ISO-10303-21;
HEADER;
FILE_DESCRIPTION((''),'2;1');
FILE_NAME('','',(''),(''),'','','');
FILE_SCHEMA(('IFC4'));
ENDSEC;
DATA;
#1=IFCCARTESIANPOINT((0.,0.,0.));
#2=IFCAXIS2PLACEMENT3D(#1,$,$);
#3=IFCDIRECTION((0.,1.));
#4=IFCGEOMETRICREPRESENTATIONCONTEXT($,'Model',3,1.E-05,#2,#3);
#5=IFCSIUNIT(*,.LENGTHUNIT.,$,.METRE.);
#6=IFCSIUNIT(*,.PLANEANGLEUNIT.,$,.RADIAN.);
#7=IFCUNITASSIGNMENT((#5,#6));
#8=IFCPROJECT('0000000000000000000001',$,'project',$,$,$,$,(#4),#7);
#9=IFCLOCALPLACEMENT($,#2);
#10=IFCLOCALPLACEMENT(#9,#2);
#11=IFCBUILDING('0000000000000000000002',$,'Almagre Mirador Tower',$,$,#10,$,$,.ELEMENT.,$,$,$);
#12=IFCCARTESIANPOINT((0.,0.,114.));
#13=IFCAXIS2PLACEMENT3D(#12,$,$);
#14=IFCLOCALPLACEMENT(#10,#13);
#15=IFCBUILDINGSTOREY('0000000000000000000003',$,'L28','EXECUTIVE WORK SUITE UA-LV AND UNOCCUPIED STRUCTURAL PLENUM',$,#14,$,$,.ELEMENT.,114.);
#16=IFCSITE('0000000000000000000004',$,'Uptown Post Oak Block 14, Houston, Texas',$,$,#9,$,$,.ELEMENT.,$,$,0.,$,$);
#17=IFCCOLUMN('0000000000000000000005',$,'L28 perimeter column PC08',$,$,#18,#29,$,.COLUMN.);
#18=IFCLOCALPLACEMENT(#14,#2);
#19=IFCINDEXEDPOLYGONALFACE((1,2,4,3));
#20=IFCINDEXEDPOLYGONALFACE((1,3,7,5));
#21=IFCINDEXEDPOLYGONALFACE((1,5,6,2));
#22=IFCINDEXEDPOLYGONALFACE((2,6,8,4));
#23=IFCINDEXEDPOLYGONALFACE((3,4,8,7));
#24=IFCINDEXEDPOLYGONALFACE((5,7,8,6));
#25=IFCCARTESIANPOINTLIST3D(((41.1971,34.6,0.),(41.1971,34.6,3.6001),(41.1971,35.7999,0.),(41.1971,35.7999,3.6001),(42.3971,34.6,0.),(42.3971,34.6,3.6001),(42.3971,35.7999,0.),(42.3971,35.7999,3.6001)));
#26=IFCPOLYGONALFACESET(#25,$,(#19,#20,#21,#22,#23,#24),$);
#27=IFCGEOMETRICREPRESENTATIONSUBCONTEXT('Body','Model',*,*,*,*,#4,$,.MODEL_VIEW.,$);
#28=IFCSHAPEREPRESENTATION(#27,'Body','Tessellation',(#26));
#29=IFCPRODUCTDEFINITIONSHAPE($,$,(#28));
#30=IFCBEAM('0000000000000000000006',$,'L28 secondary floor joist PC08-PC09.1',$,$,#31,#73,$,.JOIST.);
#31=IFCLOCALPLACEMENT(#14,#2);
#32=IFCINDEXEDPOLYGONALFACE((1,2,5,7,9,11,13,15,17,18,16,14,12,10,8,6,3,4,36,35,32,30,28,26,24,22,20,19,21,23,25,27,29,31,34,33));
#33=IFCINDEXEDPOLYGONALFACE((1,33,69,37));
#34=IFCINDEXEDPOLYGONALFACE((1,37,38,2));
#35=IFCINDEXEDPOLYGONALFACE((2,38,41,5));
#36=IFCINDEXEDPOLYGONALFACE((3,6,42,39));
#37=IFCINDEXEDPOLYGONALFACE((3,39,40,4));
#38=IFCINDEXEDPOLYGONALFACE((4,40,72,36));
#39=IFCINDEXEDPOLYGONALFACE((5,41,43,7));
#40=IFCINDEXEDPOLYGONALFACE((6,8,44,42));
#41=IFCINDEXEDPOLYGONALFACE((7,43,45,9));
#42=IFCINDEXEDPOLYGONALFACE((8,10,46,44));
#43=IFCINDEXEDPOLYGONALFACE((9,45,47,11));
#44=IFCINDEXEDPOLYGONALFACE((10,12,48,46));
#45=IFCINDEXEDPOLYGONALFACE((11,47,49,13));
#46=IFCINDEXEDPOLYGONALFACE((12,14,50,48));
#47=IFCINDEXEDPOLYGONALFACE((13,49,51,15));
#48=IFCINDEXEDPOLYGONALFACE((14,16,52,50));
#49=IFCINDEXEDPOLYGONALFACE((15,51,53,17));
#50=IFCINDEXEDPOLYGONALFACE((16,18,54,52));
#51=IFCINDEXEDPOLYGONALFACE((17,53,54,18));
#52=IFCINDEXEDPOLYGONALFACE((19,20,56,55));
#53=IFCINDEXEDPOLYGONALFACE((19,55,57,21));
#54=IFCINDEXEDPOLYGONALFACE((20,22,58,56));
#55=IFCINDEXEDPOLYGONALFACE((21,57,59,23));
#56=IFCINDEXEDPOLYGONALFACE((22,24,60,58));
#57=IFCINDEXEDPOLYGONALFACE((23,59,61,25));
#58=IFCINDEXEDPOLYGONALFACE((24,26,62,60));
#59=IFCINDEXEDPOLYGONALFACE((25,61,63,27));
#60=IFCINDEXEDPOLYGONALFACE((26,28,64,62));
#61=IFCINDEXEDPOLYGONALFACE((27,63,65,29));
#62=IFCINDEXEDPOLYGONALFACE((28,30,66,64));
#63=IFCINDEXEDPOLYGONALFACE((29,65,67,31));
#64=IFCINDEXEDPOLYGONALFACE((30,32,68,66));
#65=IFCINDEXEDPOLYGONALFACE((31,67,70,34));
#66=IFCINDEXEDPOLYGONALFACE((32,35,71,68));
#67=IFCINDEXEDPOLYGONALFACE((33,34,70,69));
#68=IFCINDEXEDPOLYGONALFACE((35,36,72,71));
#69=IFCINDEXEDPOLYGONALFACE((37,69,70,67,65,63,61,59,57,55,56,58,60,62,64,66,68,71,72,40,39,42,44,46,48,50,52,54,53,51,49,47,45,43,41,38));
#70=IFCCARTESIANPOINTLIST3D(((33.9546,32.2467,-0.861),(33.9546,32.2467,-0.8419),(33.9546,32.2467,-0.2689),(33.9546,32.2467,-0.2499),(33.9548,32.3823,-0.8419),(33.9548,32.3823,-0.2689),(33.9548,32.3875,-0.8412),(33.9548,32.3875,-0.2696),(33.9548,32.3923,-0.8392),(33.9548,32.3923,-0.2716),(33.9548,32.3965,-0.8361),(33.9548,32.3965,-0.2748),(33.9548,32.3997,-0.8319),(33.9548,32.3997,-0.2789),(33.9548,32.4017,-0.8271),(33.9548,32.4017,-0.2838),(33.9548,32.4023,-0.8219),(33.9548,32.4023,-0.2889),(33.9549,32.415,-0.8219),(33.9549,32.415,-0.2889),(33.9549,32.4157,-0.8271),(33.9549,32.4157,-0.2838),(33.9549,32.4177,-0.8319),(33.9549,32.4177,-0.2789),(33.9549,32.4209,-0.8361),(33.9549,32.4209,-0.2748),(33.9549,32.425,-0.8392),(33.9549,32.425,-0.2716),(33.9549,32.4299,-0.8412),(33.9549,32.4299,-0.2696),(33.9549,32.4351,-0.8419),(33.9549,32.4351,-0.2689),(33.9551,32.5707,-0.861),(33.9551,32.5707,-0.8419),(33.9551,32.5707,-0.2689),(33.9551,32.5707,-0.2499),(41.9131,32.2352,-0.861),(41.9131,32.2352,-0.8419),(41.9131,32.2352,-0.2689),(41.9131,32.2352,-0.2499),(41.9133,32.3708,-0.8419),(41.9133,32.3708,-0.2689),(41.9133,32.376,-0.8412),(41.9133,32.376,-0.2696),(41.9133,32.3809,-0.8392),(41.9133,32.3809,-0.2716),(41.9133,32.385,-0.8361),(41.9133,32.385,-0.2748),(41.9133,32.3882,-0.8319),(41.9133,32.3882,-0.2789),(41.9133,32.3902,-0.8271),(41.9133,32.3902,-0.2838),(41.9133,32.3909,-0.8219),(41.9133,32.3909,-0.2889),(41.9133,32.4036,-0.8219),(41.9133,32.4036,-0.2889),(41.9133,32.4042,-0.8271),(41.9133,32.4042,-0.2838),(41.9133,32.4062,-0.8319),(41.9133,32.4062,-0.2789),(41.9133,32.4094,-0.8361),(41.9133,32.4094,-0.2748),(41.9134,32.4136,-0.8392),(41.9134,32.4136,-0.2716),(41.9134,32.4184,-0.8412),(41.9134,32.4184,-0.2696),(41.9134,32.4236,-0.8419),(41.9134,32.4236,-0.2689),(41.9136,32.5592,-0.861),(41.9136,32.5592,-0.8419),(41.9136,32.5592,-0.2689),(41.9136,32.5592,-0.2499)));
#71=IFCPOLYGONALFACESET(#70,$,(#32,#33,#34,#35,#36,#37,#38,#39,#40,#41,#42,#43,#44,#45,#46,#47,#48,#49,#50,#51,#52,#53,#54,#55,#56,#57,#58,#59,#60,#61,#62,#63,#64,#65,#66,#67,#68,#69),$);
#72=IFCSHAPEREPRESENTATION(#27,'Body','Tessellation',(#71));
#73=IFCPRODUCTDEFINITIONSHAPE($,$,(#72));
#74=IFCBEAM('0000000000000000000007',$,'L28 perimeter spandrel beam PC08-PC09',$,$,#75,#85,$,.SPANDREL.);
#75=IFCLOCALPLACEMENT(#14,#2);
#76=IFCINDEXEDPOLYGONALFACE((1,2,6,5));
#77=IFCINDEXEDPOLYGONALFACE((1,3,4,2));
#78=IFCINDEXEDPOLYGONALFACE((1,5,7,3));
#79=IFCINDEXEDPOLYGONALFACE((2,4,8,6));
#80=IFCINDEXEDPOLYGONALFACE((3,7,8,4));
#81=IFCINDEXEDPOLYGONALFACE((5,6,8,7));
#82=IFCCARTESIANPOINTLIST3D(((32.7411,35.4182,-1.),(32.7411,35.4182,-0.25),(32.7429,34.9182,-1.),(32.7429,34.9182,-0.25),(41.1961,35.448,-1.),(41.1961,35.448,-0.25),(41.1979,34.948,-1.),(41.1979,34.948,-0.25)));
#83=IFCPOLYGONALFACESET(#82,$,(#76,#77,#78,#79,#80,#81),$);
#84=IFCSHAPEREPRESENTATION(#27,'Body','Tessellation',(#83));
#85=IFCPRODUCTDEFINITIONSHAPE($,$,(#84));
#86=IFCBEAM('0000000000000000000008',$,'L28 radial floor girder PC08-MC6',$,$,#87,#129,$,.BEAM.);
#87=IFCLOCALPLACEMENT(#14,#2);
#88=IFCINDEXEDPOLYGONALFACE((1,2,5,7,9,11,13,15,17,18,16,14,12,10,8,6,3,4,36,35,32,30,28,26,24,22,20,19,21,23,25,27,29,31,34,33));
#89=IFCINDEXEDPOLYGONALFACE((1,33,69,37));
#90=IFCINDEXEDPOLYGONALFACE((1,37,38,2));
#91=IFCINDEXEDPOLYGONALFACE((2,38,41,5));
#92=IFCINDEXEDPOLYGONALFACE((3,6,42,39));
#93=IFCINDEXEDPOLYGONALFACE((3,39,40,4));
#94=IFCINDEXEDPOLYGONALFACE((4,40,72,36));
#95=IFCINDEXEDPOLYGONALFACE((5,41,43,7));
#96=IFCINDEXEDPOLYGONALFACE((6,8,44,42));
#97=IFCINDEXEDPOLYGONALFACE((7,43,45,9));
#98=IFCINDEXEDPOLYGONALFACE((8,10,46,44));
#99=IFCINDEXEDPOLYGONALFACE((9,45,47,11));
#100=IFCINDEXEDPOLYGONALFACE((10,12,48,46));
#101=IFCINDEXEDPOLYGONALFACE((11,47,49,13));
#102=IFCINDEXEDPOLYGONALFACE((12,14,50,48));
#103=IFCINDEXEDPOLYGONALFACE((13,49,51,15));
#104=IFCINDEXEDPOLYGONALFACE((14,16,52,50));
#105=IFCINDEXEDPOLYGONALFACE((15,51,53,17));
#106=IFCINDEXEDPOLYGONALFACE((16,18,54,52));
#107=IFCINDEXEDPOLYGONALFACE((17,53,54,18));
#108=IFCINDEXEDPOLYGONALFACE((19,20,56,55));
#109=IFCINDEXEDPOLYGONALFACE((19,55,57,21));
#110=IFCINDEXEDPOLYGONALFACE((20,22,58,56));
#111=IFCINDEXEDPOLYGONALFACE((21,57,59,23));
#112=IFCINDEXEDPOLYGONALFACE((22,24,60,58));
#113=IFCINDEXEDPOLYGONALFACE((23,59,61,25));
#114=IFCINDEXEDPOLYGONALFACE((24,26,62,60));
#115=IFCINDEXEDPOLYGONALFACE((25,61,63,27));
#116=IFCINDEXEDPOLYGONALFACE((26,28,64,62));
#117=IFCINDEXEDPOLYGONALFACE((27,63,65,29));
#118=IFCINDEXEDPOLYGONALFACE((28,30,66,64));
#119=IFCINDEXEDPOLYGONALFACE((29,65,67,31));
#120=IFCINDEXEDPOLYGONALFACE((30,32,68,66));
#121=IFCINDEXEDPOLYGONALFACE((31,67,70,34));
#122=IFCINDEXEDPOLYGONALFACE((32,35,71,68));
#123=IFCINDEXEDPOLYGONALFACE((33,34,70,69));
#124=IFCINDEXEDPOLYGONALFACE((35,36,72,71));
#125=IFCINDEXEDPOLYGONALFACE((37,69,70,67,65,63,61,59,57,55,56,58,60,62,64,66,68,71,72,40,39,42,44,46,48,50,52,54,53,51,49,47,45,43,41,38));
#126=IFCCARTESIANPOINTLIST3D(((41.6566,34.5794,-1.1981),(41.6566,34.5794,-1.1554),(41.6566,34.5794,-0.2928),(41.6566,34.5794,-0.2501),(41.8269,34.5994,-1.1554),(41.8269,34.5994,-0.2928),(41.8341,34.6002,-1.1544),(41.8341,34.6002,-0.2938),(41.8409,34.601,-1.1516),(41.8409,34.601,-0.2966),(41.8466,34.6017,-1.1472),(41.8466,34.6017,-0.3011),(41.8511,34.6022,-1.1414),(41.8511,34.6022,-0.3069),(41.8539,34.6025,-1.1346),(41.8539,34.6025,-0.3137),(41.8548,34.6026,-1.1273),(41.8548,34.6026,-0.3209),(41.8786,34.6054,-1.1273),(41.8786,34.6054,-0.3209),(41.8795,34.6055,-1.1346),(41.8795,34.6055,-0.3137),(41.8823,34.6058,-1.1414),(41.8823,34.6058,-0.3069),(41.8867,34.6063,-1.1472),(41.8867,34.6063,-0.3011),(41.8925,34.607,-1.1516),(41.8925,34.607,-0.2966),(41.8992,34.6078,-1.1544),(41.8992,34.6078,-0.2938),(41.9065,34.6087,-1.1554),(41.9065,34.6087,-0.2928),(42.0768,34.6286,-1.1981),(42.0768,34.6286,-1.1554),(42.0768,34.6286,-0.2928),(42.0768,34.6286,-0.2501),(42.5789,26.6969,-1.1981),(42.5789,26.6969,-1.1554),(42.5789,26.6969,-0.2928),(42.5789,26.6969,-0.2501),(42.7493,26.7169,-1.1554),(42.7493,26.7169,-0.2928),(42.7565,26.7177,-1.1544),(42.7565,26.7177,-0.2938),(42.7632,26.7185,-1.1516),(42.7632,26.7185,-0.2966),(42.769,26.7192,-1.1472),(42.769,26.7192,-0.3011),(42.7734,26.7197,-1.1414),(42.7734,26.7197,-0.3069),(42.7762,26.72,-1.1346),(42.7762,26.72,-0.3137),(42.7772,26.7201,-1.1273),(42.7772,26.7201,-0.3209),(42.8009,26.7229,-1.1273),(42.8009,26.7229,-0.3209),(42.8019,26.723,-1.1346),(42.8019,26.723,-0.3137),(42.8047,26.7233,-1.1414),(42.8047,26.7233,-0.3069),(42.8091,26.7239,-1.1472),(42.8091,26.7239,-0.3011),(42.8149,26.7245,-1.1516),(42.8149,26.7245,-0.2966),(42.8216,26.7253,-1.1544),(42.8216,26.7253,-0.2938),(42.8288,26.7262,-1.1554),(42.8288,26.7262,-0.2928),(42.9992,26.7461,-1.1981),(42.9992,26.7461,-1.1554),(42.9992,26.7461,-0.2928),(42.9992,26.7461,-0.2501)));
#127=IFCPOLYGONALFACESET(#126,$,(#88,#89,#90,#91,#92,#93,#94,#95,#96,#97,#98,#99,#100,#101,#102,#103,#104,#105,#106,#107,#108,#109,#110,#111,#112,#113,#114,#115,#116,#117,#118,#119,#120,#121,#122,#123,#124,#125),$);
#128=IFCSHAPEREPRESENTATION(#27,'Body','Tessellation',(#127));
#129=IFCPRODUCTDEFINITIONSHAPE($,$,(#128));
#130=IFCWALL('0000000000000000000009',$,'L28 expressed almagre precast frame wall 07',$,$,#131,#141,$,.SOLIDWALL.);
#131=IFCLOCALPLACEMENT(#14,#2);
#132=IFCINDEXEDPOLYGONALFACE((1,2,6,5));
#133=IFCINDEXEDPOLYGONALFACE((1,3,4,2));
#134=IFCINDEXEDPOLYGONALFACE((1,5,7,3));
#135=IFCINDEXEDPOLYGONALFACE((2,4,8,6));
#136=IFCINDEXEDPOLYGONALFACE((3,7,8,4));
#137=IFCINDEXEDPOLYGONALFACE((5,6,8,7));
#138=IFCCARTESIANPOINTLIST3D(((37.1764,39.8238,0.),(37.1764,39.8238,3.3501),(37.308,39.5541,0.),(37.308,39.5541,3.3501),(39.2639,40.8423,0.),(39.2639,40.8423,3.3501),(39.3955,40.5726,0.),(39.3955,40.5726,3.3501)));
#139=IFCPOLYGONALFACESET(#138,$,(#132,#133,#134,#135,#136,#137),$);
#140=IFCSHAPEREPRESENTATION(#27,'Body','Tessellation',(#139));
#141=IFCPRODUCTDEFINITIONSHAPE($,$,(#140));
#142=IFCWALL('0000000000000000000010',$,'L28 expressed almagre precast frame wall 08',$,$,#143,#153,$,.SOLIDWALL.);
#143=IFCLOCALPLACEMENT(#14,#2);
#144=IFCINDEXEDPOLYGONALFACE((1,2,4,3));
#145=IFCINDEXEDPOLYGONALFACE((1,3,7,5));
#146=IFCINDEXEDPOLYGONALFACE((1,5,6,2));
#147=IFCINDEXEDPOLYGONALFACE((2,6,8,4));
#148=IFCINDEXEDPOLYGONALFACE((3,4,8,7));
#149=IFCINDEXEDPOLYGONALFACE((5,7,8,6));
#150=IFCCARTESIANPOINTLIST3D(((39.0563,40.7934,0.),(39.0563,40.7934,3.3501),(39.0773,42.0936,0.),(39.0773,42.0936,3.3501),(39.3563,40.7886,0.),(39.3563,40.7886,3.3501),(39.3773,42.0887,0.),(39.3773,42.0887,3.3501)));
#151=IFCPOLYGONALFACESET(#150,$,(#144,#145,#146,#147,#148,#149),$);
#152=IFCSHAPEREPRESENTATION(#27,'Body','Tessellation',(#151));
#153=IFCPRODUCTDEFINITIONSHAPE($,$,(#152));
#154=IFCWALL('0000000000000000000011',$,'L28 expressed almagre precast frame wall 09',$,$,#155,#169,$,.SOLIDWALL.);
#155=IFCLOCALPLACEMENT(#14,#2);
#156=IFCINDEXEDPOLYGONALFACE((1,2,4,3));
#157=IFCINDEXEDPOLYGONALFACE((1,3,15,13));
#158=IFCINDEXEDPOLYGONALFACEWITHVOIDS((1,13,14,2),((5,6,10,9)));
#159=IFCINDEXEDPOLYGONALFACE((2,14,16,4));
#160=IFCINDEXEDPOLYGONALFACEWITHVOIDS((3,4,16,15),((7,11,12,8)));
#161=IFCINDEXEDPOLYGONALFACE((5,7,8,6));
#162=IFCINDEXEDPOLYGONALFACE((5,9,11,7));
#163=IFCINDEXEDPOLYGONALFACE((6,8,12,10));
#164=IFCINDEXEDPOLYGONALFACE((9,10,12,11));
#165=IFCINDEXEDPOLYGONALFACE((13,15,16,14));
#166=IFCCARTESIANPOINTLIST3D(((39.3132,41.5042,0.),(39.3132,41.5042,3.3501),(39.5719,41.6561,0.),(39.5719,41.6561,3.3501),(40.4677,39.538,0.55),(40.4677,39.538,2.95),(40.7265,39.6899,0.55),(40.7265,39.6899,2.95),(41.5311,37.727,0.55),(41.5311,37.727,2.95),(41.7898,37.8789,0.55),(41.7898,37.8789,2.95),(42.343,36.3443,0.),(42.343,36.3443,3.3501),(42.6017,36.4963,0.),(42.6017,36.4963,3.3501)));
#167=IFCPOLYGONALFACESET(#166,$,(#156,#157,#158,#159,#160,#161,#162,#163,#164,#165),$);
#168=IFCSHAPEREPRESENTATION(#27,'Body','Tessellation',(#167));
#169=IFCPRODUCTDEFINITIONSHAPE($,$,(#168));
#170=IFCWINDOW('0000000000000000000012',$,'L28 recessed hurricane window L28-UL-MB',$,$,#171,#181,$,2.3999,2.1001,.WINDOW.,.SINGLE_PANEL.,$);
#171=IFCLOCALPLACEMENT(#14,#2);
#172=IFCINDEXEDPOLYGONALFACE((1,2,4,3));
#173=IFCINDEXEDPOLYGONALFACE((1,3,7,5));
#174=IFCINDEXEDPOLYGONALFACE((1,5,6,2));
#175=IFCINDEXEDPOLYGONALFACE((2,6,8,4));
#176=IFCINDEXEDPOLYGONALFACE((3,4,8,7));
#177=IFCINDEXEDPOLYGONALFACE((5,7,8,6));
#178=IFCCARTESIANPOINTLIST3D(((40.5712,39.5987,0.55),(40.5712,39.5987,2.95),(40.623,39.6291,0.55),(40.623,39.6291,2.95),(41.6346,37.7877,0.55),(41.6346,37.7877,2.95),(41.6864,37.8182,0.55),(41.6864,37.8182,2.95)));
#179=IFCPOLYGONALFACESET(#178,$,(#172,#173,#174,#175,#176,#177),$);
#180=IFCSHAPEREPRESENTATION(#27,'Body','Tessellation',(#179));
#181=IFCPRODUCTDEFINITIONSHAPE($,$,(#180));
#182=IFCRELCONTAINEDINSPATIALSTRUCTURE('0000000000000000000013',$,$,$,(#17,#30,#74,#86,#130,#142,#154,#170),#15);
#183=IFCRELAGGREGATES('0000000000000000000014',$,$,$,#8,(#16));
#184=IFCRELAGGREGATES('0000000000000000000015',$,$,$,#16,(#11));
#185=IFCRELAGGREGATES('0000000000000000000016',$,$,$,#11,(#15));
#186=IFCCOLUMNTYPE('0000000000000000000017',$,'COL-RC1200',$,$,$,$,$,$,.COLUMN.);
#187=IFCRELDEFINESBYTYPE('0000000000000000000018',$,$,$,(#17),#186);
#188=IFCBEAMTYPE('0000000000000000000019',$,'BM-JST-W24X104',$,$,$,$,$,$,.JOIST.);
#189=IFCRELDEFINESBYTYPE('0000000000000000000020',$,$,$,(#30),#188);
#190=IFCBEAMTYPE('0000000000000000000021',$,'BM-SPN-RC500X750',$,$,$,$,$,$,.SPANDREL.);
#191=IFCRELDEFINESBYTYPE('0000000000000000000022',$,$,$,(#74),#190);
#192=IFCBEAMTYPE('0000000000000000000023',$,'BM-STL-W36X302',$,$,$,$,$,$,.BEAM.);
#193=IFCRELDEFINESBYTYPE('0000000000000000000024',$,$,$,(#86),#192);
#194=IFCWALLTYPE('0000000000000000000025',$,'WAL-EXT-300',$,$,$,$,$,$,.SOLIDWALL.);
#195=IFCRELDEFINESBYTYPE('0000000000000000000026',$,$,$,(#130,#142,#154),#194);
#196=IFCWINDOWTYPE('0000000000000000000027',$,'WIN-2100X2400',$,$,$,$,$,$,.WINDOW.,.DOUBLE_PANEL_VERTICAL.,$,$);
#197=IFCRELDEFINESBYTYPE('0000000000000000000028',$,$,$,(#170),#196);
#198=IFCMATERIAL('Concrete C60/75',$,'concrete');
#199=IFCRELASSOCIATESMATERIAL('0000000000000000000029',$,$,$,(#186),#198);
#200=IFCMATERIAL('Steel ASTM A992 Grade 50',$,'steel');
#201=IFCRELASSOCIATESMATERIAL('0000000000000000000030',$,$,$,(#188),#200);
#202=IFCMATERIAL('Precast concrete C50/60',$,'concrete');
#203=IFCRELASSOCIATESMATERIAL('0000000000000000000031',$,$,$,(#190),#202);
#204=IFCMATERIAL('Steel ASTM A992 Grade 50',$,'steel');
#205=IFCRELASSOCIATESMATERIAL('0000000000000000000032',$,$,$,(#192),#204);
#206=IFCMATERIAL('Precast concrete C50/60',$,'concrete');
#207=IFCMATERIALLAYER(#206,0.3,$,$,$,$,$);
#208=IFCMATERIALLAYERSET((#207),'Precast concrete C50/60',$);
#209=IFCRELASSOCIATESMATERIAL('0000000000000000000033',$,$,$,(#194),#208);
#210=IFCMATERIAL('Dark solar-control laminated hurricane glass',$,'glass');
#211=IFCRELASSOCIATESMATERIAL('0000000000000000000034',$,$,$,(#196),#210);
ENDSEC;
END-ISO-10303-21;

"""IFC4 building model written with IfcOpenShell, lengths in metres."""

from ifc_helpers import new_model, si_unit, direction, frame, frame_2d, origin, origin_2d, place, context, subcontext, project, spatial, rectangle, i_section, extrude, material, layer, layer_set, material_profile, profile_set, type_object, element, fill, save


model = new_model("IFC4")

# Units and contexts
model_context = context("Model", 3, precision=1e-05, world=origin(), true_north=direction((0.0, 1.0)))
body_context = subcontext(model_context, "Body", "Model", "MODEL_VIEW")
ifc_project = project(units=[si_unit("LENGTHUNIT", "METRE"), si_unit("PLANEANGLEUNIT", "RADIAN")], contexts=[model_context])

# Site, building, storey
site_placement = place(None, origin())
site = spatial("IfcSite", under=ifc_project, at=site_placement, Name="Uptown Post Oak Block 14, Houston, Texas", CompositionType="ELEMENT", RefElevation=0.0)
building_placement = place(site_placement, origin())
building = spatial("IfcBuilding", under=site, at=building_placement, Name="Almagre Mirador Tower", CompositionType="ELEMENT")
storey_placement = place(building_placement, frame((0.0, 0.0, 114.0)))
storey = spatial("IfcBuildingStorey", under=building, at=storey_placement, Name="L28", Description="EXECUTIVE WORK SUITE UA-LV AND UNOCCUPIED STRUCTURAL PLENUM", CompositionType="ELEMENT", Elevation=114.0)

# Column
ifc_material_1 = material(Name="Concrete C60/75", Category="concrete")
ifc_material_profile_1 = material_profile(ifc_material_1, rectangle(XDim=1.2, YDim=1.2, at=origin_2d()), Name="RC1200X1200")
ifc_profile_set_1 = profile_set([ifc_material_profile_1], Name="Concrete C60/75")
column_type = type_object("IfcColumnType", Name="COL-RC1200", PredefinedType="COLUMN", material=ifc_profile_set_1)
column_placement = place(storey_placement, frame((41.7971, 35.2, 0.0), z_axis=(0.0, 0.0, 1.0), x_axis=(1.0, 0.0, 0.0)))
element("IfcColumn", 1, at=column_placement, inside=storey, type_object=column_type, Name="L28 perimeter column PC08", PredefinedType="COLUMN", context=body_context, shape_type="SweptSolid", body=[
    extrude(rectangle(XDim=1.2, YDim=1.2, at=origin_2d()), origin(), (0.0, 0.0, 1.0), 3.6001),
])

# Beams
ifc_material_2 = material(Name="Steel ASTM A992 Grade 50", Category="steel")
ifc_material_profile_2 = material_profile(ifc_material_2, i_section(OverallWidth=0.324, OverallDepth=0.6111, WebThickness=0.0127, FlangeThickness=0.019, FilletRadius=0.02, at=origin_2d()), Name="W24X104")
ifc_profile_set_2 = profile_set([ifc_material_profile_2], Name="Steel ASTM A992 Grade 50")
beam_type_1 = type_object("IfcBeamType", Name="BM-JST-W24X104", PredefinedType="JOIST", material=ifc_profile_set_2)
beam_1_placement = place(storey_placement, frame((41.9133, 32.3972, -0.5554), z_axis=(-0.999999, 0.001442, 0.0), x_axis=(-0.001442, -0.999999, 0.0)))
element("IfcBeam", 2, at=beam_1_placement, inside=storey, type_object=beam_type_1, Name="L28 secondary floor joist PC08-PC09.1", PredefinedType="JOIST", context=body_context, shape_type="SweptSolid", body=[
    extrude(i_section(OverallWidth=0.324, OverallDepth=0.6111, WebThickness=0.0127, FlangeThickness=0.019, FilletRadius=0.02, at=origin_2d()), origin(), (0.0, 0.0, 1.0), 7.9585),
])
ifc_material_3 = material(Name="Precast concrete C50/60", Category="concrete")
ifc_material_profile_3 = material_profile(ifc_material_3, rectangle(XDim=0.5, YDim=0.75, at=origin_2d()), Name="RC500X750")
ifc_profile_set_3 = profile_set([ifc_material_profile_3], Name="Precast concrete C50/60")
beam_type_2 = type_object("IfcBeamType", Name="BM-SPN-RC500X750", PredefinedType="SPANDREL", material=ifc_profile_set_3)
beam_2_placement = place(storey_placement, frame((41.197, 35.198, -0.625), z_axis=(-0.999994, -0.003523, 0.0), x_axis=(0.003523, -0.999994, 0.0)))
element("IfcBeam", 3, at=beam_2_placement, inside=storey, type_object=beam_type_2, Name="L28 perimeter spandrel beam PC08-PC09", PredefinedType="SPANDREL", context=body_context, shape_type="SweptSolid", body=[
    extrude(rectangle(XDim=0.5, YDim=0.75, at=origin_2d()), origin(), (0.0, 0.0, 1.0), 8.4551),
])
ifc_material_4 = material(Name="Steel ASTM A992 Grade 50", Category="steel")
ifc_material_profile_4 = material_profile(ifc_material_4, i_section(OverallWidth=0.4231, OverallDepth=0.948, WebThickness=0.0239, FlangeThickness=0.0427, FilletRadius=0.0281, at=origin_2d()), Name="W36X302")
ifc_profile_set_4 = profile_set([ifc_material_profile_4], Name="Steel ASTM A992 Grade 50")
beam_type_3 = type_object("IfcBeamType", Name="BM-STL-W36X302", PredefinedType="BEAM", material=ifc_profile_set_4)
beam_3_placement = place(storey_placement, frame((41.8667, 34.604, -0.7241), z_axis=(0.11622, -0.993223, 0.0), x_axis=(0.993223, 0.11622, 0.0)))
element("IfcBeam", 4, at=beam_3_placement, inside=storey, type_object=beam_type_3, Name="L28 radial floor girder PC08-MC6", PredefinedType="BEAM", context=body_context, shape_type="SweptSolid", body=[
    extrude(i_section(OverallWidth=0.4231, OverallDepth=0.948, WebThickness=0.0239, FlangeThickness=0.0427, FilletRadius=0.0281, at=origin_2d()), origin(), (0.0, 0.0, 1.0), 7.9363),
])

# Walls
ifc_material_5 = material(Name="Precast concrete C50/60", Category="concrete")
ifc_layer_1 = layer(ifc_material_5, 0.3)
ifc_layer_set_1 = layer_set([ifc_layer_1], Name="Precast concrete C50/60")
wall_type_1 = type_object("IfcWallType", Name="WAL-EXT-300", PredefinedType="SOLIDWALL", material=ifc_layer_set_1)
wall_1_placement = place(storey_placement, frame((37.2422, 39.689, 0.0), z_axis=(0.0, 0.0, 1.0), x_axis=(0.898736, 0.43849, 0.0)))
element("IfcWall", 5, at=wall_1_placement, inside=storey, type_object=wall_type_1, Name="L28 expressed almagre precast frame wall 07", PredefinedType="SOLIDWALL", context=body_context, shape_type="SweptSolid", body=[
    extrude(rectangle(XDim=2.3228, YDim=0.3, at=frame_2d((1.1614, 0.0))), origin(), (0.0, 0.0, 1.0), 3.3501),
])
wall_2_placement = place(storey_placement, frame((39.2063, 40.791, 0.0), z_axis=(0.0, 0.0, 1.0), x_axis=(0.016148, 0.99987, 0.0)))
element("IfcWall", 6, at=wall_2_placement, inside=storey, type_object=wall_type_1, Name="L28 expressed almagre precast frame wall 08", PredefinedType="SOLIDWALL", context=body_context, shape_type="SweptSolid", body=[
    extrude(rectangle(XDim=1.3003, YDim=0.3, at=frame_2d((0.6501, 0.0))), origin(), (0.0, 0.0, 1.0), 3.3501),
])

# Wall, opening, window
wall_3_placement = place(storey_placement, frame((39.4426, 41.5801, 0.0), z_axis=(0.0, 0.0, 1.0), x_axis=(0.506342, -0.862333, 0.0)))
wall_3 = element("IfcWall", 7, at=wall_3_placement, inside=storey, type_object=wall_type_1, Name="L28 expressed almagre precast frame wall 09", PredefinedType="SOLIDWALL", context=body_context, shape_type="SweptSolid", body=[
    extrude(rectangle(XDim=5.9836, YDim=0.3, at=frame_2d((2.9917, 0.0))), origin(), (0.0, 0.0, 1.0), 3.3501),
])
opening_1_placement = place(wall_3_placement, frame((2.28, 0.0, 0.55)))
opening_1 = element("IfcOpeningElement", 8, at=opening_1_placement, cuts=wall_3, PredefinedType="OPENING", context=body_context, shape_type="SweptSolid", body=[
    extrude(rectangle(XDim=2.1001, YDim=2.3999, at=frame_2d((1.05, 1.2))), frame((0.0, 0.1599, 0.0), z_axis=(0.0, -1.0, 0.0), x_axis=(1.0, 0.0, 0.0)), (0.0, 0.0, 1.0), 0.32),
])
ifc_material_6 = material(Name="Dark solar-control laminated hurricane glass", Category="glass")
window_type_1 = type_object("IfcWindowType", Name="WIN-2100X2400", PartitioningType="DOUBLE_PANEL_VERTICAL", PredefinedType="WINDOW", material=ifc_material_6)
window_1_placement = place(opening_1_placement, origin())
window_1 = element("IfcWindow", 9, at=window_1_placement, inside=storey, type_object=window_type_1, Name="L28 recessed hurricane window L28-UL-MB", OverallHeight=2.3999, OverallWidth=2.1001, PartitioningType="SINGLE_PANEL", PredefinedType="WINDOW", context=body_context, shape_type="SweptSolid", body=[
    extrude(rectangle(XDim=2.1001, YDim=2.3999, at=frame_2d((1.05, 1.2))), frame((0.0, 0.03, 0.0), z_axis=(0.0, -1.0, 0.0), x_axis=(1.0, 0.0, 0.0)), (0.0, 0.0, 1.0), 0.0601),
])
fill(opening_1, window_1)

save(model, "model.ifc")
